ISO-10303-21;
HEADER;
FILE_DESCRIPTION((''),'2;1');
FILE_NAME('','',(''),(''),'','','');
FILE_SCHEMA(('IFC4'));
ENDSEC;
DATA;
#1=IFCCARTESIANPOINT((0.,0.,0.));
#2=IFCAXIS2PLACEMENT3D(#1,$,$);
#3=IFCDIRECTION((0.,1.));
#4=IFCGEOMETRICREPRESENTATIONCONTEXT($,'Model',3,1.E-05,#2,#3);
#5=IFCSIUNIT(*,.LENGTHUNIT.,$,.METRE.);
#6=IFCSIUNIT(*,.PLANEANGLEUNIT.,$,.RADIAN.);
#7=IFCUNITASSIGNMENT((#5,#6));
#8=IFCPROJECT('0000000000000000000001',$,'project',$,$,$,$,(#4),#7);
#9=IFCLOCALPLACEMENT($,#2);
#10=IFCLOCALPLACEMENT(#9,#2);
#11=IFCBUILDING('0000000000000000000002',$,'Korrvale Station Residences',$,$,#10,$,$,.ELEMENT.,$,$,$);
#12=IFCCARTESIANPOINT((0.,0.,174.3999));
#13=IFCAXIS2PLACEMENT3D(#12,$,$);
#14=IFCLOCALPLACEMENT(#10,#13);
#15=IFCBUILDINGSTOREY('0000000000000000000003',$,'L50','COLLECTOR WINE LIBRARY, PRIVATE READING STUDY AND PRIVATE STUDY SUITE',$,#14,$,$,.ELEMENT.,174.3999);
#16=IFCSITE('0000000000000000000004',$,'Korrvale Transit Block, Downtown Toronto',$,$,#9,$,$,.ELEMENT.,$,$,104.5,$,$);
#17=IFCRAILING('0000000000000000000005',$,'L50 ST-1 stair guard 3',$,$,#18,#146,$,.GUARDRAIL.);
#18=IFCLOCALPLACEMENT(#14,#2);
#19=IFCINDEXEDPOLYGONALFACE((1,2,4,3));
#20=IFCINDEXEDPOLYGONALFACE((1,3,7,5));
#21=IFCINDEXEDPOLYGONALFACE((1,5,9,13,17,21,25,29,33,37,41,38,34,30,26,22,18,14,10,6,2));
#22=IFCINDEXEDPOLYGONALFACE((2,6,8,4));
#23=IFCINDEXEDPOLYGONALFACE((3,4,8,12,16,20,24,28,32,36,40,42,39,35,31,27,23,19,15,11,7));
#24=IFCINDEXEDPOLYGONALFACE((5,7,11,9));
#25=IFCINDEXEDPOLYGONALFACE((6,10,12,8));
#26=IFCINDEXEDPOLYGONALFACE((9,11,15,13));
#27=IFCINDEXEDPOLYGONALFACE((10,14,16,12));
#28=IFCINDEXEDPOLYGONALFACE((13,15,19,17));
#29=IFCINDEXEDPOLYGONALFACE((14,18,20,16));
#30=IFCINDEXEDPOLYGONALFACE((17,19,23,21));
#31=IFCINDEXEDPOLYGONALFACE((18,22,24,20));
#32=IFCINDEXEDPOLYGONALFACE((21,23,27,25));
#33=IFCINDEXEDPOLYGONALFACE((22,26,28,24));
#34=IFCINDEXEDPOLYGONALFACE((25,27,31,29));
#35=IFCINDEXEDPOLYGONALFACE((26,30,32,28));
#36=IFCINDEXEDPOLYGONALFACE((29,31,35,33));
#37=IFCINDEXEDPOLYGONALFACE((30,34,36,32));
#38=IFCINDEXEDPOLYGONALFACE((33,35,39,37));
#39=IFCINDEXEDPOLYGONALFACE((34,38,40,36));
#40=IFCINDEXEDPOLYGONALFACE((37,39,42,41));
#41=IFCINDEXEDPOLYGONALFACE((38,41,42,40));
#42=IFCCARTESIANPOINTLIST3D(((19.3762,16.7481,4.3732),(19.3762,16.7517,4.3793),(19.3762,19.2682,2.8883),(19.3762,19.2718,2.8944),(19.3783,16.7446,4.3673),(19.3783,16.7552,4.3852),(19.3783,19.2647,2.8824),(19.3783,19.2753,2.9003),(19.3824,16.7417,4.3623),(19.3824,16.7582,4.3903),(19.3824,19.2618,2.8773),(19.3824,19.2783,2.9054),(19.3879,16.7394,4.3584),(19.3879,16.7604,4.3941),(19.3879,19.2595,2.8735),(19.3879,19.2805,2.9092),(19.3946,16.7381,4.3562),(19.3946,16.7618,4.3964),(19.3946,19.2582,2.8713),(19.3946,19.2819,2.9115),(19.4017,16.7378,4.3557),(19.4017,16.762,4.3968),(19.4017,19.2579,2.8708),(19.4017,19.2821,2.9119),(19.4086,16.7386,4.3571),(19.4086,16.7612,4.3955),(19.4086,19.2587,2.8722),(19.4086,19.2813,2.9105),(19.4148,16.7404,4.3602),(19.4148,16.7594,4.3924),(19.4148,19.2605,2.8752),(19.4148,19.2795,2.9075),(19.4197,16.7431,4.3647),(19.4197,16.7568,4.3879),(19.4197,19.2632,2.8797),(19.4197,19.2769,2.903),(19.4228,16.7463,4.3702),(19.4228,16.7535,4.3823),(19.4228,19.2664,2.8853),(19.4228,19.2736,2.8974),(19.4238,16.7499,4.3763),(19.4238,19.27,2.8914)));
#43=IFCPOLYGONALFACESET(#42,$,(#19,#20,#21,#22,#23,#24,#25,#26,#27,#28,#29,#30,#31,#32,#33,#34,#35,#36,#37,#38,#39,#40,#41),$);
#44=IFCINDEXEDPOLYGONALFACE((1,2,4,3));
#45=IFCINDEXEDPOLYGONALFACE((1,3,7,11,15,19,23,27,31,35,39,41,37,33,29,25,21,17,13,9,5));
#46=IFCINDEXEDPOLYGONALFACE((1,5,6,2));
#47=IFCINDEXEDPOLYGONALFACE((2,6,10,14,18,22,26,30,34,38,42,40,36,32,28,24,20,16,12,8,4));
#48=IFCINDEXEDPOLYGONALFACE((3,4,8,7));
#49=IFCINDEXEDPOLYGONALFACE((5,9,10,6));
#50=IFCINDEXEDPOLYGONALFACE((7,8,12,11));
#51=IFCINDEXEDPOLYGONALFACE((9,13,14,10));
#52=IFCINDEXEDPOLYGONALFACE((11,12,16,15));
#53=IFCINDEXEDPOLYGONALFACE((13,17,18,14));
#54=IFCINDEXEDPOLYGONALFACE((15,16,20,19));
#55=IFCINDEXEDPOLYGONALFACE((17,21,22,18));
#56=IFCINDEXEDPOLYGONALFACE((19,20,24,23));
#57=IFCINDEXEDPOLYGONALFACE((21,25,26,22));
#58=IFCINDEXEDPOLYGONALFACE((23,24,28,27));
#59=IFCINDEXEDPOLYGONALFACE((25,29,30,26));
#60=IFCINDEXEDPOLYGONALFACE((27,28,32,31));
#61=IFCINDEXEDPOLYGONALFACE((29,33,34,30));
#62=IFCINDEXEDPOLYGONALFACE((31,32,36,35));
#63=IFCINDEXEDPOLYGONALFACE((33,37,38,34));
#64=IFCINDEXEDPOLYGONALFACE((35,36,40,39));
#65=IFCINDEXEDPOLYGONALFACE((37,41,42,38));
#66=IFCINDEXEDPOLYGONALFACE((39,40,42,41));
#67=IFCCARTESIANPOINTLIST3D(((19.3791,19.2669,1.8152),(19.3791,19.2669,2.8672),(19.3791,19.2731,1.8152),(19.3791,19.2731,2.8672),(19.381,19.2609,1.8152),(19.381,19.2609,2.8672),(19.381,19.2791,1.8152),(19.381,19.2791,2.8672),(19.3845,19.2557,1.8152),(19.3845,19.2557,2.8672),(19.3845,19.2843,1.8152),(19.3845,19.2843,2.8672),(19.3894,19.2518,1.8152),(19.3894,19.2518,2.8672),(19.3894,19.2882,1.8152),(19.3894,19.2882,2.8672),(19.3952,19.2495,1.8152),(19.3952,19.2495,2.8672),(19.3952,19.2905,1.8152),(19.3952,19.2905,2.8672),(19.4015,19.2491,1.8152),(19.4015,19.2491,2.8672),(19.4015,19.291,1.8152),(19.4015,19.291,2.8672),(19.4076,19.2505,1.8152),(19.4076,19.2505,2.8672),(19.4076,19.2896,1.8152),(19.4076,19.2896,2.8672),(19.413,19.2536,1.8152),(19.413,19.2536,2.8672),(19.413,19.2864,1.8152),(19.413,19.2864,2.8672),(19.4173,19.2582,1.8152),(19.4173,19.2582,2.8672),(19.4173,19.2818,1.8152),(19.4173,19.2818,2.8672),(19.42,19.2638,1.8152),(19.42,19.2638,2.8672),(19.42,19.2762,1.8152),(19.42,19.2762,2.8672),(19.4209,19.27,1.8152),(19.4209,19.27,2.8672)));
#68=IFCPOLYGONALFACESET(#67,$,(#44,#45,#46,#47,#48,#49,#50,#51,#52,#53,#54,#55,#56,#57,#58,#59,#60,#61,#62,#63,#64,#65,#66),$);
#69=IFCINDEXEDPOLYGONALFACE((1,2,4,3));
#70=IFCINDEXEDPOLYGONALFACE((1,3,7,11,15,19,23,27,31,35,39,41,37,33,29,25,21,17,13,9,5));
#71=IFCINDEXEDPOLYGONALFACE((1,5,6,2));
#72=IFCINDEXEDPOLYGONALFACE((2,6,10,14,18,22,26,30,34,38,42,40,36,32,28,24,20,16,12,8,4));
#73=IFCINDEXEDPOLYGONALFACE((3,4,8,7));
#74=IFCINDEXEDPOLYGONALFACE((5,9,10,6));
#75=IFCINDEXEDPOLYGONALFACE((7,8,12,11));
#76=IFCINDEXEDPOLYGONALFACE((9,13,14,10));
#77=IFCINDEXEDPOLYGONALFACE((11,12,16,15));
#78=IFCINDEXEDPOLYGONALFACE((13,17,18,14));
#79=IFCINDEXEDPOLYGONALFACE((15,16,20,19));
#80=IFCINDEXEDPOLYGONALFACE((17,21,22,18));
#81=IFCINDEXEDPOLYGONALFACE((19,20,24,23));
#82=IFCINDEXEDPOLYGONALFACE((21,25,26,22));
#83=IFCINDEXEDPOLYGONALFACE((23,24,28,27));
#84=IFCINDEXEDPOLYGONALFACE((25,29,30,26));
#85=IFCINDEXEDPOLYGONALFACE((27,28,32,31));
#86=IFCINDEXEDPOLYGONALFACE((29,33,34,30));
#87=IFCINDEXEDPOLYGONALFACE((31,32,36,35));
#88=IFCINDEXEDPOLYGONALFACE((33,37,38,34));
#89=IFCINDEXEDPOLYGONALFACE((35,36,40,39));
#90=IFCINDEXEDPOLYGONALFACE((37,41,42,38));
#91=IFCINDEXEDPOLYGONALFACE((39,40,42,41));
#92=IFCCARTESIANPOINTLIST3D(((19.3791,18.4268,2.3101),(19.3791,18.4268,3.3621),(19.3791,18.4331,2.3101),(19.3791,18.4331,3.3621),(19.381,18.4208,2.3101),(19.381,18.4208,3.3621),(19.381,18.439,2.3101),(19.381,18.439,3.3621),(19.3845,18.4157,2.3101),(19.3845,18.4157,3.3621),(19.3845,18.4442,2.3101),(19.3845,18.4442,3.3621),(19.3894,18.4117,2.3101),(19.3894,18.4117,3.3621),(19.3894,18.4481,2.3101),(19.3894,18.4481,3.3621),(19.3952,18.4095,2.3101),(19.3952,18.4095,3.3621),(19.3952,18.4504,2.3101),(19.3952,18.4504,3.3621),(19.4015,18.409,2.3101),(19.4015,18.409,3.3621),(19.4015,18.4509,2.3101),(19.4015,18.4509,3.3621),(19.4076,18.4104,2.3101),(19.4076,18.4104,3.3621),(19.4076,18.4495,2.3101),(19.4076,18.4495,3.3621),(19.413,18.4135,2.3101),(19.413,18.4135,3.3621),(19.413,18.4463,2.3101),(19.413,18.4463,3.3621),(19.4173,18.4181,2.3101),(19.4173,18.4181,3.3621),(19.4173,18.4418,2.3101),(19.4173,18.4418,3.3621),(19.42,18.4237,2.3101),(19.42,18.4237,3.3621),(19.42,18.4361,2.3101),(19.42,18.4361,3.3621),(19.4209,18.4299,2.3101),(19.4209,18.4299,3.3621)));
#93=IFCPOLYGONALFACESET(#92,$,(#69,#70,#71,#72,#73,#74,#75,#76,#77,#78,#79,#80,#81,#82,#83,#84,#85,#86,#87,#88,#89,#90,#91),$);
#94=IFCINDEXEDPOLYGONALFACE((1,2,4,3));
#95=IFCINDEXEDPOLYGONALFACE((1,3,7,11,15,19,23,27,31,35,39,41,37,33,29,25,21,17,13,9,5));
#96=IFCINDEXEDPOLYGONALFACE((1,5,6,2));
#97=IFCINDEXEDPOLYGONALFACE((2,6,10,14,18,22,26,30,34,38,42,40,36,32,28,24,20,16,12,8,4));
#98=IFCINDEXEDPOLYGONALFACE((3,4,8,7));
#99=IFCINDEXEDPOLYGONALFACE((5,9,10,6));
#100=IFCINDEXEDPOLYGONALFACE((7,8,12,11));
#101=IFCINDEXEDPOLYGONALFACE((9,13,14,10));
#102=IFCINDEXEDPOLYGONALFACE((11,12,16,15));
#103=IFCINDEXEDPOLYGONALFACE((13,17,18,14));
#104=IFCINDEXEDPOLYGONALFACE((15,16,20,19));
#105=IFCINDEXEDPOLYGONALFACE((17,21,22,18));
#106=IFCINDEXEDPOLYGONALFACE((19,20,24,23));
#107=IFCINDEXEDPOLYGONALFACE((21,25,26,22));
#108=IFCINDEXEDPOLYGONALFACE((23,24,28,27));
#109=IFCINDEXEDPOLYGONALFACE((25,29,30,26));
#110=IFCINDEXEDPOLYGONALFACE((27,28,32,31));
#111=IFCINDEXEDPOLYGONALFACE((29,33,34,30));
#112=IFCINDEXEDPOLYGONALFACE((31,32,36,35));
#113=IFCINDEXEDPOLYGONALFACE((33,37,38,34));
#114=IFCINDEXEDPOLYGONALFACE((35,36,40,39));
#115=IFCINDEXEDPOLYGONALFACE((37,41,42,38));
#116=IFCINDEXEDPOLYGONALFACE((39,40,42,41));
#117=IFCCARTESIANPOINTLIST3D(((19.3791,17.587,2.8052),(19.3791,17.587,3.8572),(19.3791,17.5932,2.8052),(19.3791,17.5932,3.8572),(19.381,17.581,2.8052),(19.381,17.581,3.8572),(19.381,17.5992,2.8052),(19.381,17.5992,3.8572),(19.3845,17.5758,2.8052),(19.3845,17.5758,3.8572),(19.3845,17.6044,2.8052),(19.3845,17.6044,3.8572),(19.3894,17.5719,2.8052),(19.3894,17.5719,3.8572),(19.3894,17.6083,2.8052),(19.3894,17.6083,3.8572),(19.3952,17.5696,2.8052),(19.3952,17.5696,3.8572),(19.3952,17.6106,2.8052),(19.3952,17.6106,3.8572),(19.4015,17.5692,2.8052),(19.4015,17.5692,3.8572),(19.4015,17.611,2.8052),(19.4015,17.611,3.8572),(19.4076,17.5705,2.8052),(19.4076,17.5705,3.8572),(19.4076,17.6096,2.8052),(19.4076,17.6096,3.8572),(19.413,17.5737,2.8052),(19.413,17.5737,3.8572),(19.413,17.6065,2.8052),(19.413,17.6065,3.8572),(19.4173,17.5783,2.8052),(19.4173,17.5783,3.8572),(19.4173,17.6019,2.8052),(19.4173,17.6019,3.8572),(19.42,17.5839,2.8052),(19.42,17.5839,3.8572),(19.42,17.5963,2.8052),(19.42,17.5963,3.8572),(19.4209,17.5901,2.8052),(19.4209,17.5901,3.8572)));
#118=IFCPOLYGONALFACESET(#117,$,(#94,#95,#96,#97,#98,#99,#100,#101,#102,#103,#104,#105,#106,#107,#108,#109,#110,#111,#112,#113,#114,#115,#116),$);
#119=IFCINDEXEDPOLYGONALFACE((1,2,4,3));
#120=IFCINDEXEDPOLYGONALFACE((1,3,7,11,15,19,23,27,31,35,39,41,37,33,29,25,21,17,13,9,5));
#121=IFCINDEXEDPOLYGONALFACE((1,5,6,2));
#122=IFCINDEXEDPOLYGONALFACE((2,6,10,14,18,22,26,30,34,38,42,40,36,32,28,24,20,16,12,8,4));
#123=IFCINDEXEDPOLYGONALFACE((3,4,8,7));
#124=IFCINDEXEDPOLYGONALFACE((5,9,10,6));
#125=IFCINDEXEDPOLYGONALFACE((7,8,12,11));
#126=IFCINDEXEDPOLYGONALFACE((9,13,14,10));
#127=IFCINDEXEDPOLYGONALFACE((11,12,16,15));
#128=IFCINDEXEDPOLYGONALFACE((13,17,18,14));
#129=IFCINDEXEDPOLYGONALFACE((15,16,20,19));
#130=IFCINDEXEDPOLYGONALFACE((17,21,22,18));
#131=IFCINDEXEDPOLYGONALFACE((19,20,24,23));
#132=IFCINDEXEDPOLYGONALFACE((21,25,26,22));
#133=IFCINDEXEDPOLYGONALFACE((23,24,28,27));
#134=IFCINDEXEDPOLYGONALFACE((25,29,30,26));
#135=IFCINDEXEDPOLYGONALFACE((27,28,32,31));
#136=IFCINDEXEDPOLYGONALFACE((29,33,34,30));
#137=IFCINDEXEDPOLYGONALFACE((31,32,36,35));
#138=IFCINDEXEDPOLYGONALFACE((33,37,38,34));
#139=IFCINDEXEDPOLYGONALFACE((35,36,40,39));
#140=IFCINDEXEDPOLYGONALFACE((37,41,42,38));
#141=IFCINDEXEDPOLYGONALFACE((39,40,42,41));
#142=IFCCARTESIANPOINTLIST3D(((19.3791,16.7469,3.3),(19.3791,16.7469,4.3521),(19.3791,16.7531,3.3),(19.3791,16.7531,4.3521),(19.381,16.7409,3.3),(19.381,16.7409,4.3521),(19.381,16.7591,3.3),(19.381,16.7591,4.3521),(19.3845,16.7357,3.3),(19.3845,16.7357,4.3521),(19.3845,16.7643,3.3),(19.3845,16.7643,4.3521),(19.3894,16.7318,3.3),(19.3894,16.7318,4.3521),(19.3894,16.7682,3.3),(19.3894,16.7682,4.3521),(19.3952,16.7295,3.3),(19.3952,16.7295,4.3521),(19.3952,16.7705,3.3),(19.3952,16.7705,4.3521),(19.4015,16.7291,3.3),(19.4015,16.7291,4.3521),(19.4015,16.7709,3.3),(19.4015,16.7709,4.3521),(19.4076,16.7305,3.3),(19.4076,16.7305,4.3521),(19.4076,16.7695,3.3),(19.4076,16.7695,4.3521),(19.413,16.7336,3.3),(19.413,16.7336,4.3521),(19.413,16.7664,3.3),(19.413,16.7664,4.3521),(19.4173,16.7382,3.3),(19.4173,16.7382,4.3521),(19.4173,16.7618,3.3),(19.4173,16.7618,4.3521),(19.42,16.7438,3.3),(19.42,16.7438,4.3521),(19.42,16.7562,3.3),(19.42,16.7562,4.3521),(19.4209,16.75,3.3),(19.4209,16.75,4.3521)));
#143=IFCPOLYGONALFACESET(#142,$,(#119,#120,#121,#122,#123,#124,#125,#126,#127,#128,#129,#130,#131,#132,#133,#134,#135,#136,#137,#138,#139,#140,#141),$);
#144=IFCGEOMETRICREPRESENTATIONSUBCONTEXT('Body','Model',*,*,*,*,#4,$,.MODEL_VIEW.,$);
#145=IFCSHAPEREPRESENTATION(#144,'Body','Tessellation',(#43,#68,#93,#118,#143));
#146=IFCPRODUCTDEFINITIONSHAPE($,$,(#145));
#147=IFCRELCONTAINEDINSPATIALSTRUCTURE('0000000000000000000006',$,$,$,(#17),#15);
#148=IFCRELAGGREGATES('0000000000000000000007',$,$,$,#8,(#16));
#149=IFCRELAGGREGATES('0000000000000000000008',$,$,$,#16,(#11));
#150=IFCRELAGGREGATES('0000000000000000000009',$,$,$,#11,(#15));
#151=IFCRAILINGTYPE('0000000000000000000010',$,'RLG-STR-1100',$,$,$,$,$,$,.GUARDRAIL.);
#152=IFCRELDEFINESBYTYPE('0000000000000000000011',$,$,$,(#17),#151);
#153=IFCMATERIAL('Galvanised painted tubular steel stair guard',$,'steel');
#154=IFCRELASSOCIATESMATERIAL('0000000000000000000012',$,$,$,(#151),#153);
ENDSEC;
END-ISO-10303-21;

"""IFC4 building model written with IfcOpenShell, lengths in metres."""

from ifc_helpers import new_model, si_unit, direction, frame, origin, origin_2d, place, context, subcontext, project, spatial, circle, extrude, material, type_object, element, save


model = new_model("IFC4")

# Units and contexts
model_context = context("Model", 3, precision=1e-05, world=origin(), true_north=direction((0.0, 1.0)))
body_context = subcontext(model_context, "Body", "Model", "MODEL_VIEW")
ifc_project = project(units=[si_unit("LENGTHUNIT", "METRE"), si_unit("PLANEANGLEUNIT", "RADIAN")], contexts=[model_context])

# Site, building, storey
site_placement = place(None, origin())
site = spatial("IfcSite", under=ifc_project, at=site_placement, Name="Korrvale Transit Block, Downtown Toronto", CompositionType="ELEMENT", RefElevation=104.5)
building_placement = place(site_placement, origin())
building = spatial("IfcBuilding", under=site, at=building_placement, Name="Korrvale Station Residences", CompositionType="ELEMENT")
storey_placement = place(building_placement, frame((0.0, 0.0, 174.3999)))
storey = spatial("IfcBuildingStorey", under=building, at=storey_placement, Name="L50", Description="COLLECTOR WINE LIBRARY, PRIVATE READING STUDY AND PRIVATE STUDY SUITE", CompositionType="ELEMENT", Elevation=174.3999)

# Railing
ifc_material_1 = material(Name="Galvanised painted tubular steel stair guard", Category="steel")
railing_type_1 = type_object("IfcRailingType", Name="RLG-STR-1100", PredefinedType="GUARDRAIL", material=ifc_material_1)
railing_1_placement = place(storey_placement, frame((19.3999, 19.27, 1.8152)))
element("IfcRailing", 1, at=railing_1_placement, inside=storey, type_object=railing_type_1, Name="L50 ST-1 stair guard 3", PredefinedType="GUARDRAIL", context=body_context, shape_type="SweptSolid", body=[
    extrude(circle(Radius=0.0239, at=origin_2d()), frame((0.0, 0.0, 1.0762), z_axis=(0.0, -0.861561, 0.507655), x_axis=(1.0, 0.0, 0.0)), (0.0, 0.0, 1.0), 2.925),
    extrude(circle(Radius=0.021, at=origin_2d()), origin(), (0.0, 0.0, 1.0), 1.052),
    extrude(circle(Radius=0.021, at=origin_2d()), frame((0.0, -0.8401, 0.4949)), (0.0, 0.0, 1.0), 1.052),
    extrude(circle(Radius=0.021, at=origin_2d()), frame((0.0, -1.6799, 0.99)), (0.0, 0.0, 1.0), 1.052),
    extrude(circle(Radius=0.021, at=origin_2d()), frame((0.0, -2.52, 1.4849)), (0.0, 0.0, 1.0), 1.052),
])

save(model, "model.ifc")
